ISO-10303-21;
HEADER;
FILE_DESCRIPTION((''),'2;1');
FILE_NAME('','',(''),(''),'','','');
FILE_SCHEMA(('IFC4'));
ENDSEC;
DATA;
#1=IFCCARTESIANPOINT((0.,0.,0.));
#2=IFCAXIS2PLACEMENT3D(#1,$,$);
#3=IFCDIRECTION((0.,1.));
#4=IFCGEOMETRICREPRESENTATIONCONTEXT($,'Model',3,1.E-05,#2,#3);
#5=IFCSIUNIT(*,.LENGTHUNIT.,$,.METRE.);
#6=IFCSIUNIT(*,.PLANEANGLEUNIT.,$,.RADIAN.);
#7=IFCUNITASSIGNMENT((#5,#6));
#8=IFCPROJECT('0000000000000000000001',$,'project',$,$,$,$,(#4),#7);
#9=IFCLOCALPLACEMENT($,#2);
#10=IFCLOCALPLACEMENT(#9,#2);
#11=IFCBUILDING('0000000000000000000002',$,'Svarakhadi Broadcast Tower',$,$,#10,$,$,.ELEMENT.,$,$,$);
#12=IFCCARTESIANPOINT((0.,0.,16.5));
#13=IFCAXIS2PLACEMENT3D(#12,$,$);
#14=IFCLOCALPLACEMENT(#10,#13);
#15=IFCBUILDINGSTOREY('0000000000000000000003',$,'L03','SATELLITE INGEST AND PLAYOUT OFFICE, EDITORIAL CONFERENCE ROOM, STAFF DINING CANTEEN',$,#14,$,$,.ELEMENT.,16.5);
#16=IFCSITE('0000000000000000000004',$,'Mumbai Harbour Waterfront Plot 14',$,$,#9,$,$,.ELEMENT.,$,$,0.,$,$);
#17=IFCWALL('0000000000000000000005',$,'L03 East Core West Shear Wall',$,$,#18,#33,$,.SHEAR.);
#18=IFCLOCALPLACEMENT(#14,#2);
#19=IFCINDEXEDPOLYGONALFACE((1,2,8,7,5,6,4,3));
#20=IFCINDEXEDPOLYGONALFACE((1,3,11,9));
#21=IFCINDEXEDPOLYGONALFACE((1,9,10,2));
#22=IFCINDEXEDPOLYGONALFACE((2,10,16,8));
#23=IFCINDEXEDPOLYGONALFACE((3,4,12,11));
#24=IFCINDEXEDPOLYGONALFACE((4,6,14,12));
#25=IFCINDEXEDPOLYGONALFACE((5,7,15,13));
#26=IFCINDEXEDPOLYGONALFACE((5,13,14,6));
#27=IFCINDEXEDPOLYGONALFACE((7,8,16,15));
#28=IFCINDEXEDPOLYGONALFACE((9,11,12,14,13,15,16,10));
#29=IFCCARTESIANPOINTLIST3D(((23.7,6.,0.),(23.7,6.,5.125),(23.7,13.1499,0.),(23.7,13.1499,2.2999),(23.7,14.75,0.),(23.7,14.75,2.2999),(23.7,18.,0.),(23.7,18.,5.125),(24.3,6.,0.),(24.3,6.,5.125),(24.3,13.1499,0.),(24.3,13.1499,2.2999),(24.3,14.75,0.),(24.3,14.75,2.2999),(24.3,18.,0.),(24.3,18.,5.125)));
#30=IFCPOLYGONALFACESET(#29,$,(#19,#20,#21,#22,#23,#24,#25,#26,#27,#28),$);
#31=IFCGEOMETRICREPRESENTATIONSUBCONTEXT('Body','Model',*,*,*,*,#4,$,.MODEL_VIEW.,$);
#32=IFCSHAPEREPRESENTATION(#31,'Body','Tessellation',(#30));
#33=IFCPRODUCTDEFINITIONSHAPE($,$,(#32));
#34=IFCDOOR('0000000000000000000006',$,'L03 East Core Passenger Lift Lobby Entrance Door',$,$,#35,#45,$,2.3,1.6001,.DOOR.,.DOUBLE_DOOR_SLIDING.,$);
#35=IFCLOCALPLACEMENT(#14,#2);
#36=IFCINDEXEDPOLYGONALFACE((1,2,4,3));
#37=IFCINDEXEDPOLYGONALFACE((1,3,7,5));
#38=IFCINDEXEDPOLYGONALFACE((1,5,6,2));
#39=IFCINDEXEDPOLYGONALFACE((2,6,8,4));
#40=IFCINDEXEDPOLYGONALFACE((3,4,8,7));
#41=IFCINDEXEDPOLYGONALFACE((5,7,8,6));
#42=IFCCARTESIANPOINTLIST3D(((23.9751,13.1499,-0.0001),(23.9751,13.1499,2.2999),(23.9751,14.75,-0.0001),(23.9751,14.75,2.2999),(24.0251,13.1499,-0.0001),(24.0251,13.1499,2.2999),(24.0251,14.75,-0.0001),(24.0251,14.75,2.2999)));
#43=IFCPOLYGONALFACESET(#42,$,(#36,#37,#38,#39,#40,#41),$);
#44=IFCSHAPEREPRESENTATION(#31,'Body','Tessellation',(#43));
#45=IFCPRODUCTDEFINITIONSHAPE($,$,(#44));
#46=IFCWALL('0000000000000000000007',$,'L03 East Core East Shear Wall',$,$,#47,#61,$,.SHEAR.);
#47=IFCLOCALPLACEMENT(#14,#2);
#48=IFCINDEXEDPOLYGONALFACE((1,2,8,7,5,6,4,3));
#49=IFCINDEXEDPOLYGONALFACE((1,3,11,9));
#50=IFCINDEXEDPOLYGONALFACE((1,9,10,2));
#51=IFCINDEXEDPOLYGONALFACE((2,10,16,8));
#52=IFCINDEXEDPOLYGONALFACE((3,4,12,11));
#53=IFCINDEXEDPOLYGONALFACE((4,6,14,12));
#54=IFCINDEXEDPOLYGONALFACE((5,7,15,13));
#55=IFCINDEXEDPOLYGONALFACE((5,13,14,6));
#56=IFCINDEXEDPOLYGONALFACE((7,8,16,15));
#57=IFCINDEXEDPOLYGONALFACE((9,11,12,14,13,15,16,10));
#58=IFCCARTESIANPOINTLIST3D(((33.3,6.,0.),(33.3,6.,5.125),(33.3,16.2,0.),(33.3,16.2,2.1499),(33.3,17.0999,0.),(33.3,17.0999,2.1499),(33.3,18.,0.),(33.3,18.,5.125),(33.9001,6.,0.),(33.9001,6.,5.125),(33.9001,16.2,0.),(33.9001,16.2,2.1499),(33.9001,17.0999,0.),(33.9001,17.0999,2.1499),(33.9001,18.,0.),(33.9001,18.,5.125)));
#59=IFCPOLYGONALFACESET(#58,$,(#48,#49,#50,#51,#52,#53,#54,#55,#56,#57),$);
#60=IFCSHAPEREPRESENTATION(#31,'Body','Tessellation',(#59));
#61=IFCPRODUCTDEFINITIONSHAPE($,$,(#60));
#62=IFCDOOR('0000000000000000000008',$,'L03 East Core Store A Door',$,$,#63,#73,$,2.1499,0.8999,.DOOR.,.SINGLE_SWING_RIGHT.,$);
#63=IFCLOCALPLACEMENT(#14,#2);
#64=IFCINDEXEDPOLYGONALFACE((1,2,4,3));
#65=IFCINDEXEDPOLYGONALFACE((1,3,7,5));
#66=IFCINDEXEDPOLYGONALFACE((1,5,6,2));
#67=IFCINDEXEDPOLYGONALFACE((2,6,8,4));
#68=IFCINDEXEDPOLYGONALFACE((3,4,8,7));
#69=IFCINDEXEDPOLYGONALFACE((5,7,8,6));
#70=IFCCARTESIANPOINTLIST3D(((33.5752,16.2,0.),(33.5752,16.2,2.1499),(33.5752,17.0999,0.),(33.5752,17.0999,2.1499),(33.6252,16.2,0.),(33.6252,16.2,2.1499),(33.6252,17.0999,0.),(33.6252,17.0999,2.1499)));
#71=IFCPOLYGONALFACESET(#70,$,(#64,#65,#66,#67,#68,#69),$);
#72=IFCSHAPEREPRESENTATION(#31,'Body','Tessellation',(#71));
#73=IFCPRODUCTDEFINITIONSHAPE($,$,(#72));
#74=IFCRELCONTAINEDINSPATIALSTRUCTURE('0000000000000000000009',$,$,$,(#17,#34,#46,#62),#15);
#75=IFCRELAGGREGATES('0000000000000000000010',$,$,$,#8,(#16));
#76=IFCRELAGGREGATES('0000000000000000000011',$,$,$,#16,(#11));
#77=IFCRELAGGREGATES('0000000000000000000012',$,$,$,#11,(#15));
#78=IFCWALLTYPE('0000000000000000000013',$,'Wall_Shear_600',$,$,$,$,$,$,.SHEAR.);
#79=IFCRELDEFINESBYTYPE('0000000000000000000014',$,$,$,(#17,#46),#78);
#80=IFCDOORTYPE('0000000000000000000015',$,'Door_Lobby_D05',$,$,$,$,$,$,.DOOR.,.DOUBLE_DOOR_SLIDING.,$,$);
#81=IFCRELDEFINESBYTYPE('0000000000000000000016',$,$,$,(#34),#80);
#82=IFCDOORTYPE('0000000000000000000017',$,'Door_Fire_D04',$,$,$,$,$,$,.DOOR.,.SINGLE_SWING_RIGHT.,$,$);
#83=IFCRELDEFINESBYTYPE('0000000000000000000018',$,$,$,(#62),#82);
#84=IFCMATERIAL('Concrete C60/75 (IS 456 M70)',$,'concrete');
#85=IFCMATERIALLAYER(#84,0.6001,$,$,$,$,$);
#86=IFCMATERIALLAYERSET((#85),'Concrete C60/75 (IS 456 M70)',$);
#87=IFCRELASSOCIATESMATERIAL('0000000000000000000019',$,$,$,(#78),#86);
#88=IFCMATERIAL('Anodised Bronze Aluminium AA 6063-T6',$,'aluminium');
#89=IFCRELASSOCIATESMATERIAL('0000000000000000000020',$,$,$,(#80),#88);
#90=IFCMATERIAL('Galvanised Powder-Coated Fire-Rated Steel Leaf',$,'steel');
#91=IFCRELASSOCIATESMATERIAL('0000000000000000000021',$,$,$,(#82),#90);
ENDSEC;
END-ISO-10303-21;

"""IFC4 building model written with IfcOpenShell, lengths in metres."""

from ifc_helpers import new_model, si_unit, direction, frame, frame_2d, origin, place, context, subcontext, project, spatial, rectangle, extrude, material, layer, layer_set, type_object, element, fill, save


model = new_model("IFC4")

# Units and contexts
model_context = context("Model", 3, precision=1e-05, world=origin(), true_north=direction((0.0, 1.0)))
body_context = subcontext(model_context, "Body", "Model", "MODEL_VIEW")
ifc_project = project(units=[si_unit("LENGTHUNIT", "METRE"), si_unit("PLANEANGLEUNIT", "RADIAN")], contexts=[model_context])

# Site, building, storey
site_placement = place(None, origin())
site = spatial("IfcSite", under=ifc_project, at=site_placement, Name="Mumbai Harbour Waterfront Plot 14", CompositionType="ELEMENT", RefElevation=0.0)
building_placement = place(site_placement, origin())
building = spatial("IfcBuilding", under=site, at=building_placement, Name="Svarakhadi Broadcast Tower", CompositionType="ELEMENT")
storey_placement = place(building_placement, frame((0.0, 0.0, 16.5)))
storey = spatial("IfcBuildingStorey", under=building, at=storey_placement, Name="L03", Description="SATELLITE INGEST AND PLAYOUT OFFICE, EDITORIAL CONFERENCE ROOM, STAFF DINING CANTEEN", CompositionType="ELEMENT", Elevation=16.5)

# Shared definitions
ifc_material_1 = material(Name="Concrete C60/75 (IS 456 M70)", Category="concrete")

# Shared definitions
ifc_material_2 = material(Name="Anodised Bronze Aluminium AA 6063-T6", Category="aluminium")

# Shared definitions
ifc_material_3 = material(Name="Galvanised Powder-Coated Fire-Rated Steel Leaf", Category="steel")

# Walls, openings, doors
ifc_layer_1 = layer(ifc_material_1, 0.6001)
ifc_layer_set_1 = layer_set([ifc_layer_1], Name="Concrete C60/75 (IS 456 M70)")
wall_type_1 = type_object("IfcWallType", Name="Wall_Shear_600", PredefinedType="SHEAR", material=ifc_layer_set_1)
wall_1_placement = place(storey_placement, frame((24.0, 6.0, 0.0), z_axis=(0.0, 0.0, 1.0), x_axis=(0.0, 1.0, 0.0)))
wall_1 = element("IfcWall", 1, at=wall_1_placement, inside=storey, type_object=wall_type_1, Name="L03 East Core West Shear Wall", PredefinedType="SHEAR", context=body_context, shape_type="SweptSolid", body=[
    extrude(rectangle(XDim=12.0, YDim=0.6001, at=frame_2d((6.0, 0.0))), origin(), (0.0, 0.0, 1.0), 5.125),
])
opening_1_placement = place(wall_1_placement, frame((7.1499, 0.0, 0.0)))
opening_1 = element("IfcOpeningElement", 2, at=opening_1_placement, cuts=wall_1, PredefinedType="OPENING", context=body_context, shape_type="SweptSolid", body=[
    extrude(rectangle(XDim=1.6001, YDim=2.3, at=frame_2d((0.8, 1.1499))), frame((0.0, 0.3101, 0.0), z_axis=(0.0, -1.0, 0.0), x_axis=(1.0, 0.0, 0.0)), (0.0, 0.0, 1.0), 0.6201),
])
door_type_1 = type_object("IfcDoorType", Name="Door_Lobby_D05", OperationType="DOUBLE_DOOR_SLIDING", PredefinedType="DOOR", material=ifc_material_2)
door_1_placement = place(opening_1_placement, origin())
door_1 = element("IfcDoor", 3, at=door_1_placement, inside=storey, type_object=door_type_1, Name="L03 East Core Passenger Lift Lobby Entrance Door", OperationType="DOUBLE_DOOR_SLIDING", OverallHeight=2.3, OverallWidth=1.6001, PredefinedType="DOOR", context=body_context, shape_type="SweptSolid", body=[
    extrude(rectangle(XDim=1.6001, YDim=2.3, at=frame_2d((0.8, 1.1499))), frame((0.0, 0.0249, 0.0), z_axis=(0.0, -1.0, 0.0), x_axis=(1.0, 0.0, 0.0)), (0.0, 0.0, 1.0), 0.05),
])
fill(opening_1, door_1)
wall_2_placement = place(storey_placement, frame((33.6001, 6.0, 0.0), z_axis=(0.0, 0.0, 1.0), x_axis=(0.0, 1.0, 0.0)))
wall_2 = element("IfcWall", 4, at=wall_2_placement, inside=storey, type_object=wall_type_1, Name="L03 East Core East Shear Wall", PredefinedType="SHEAR", context=body_context, shape_type="SweptSolid", body=[
    extrude(rectangle(XDim=12.0, YDim=0.6001, at=frame_2d((6.0, 0.0))), origin(), (0.0, 0.0, 1.0), 5.125),
])
opening_2_placement = place(wall_2_placement, frame((10.2, 0.0, 0.0)))
opening_2 = element("IfcOpeningElement", 5, at=opening_2_placement, cuts=wall_2, PredefinedType="OPENING", context=body_context, shape_type="SweptSolid", body=[
    extrude(rectangle(XDim=0.8999, YDim=2.1499, at=frame_2d((0.45, 1.075))), frame((0.0, 0.3101, 0.0), z_axis=(0.0, -1.0, 0.0), x_axis=(1.0, 0.0, 0.0)), (0.0, 0.0, 1.0), 0.6201),
])
door_type_2 = type_object("IfcDoorType", Name="Door_Fire_D04", OperationType="SINGLE_SWING_RIGHT", PredefinedType="DOOR", material=ifc_material_3)
door_2_placement = place(opening_2_placement, origin())
door_2 = element("IfcDoor", 6, at=door_2_placement, inside=storey, type_object=door_type_2, Name="L03 East Core Store A Door", OperationType="SINGLE_SWING_RIGHT", OverallHeight=2.1499, OverallWidth=0.8999, PredefinedType="DOOR", context=body_context, shape_type="SweptSolid", body=[
    extrude(rectangle(XDim=0.8999, YDim=2.1499, at=frame_2d((0.45, 1.075))), frame((0.0, 0.0249, 0.0), z_axis=(0.0, -1.0, 0.0), x_axis=(1.0, 0.0, 0.0)), (0.0, 0.0, 1.0), 0.05),
])
fill(opening_2, door_2)

save(model, "model.ifc")
